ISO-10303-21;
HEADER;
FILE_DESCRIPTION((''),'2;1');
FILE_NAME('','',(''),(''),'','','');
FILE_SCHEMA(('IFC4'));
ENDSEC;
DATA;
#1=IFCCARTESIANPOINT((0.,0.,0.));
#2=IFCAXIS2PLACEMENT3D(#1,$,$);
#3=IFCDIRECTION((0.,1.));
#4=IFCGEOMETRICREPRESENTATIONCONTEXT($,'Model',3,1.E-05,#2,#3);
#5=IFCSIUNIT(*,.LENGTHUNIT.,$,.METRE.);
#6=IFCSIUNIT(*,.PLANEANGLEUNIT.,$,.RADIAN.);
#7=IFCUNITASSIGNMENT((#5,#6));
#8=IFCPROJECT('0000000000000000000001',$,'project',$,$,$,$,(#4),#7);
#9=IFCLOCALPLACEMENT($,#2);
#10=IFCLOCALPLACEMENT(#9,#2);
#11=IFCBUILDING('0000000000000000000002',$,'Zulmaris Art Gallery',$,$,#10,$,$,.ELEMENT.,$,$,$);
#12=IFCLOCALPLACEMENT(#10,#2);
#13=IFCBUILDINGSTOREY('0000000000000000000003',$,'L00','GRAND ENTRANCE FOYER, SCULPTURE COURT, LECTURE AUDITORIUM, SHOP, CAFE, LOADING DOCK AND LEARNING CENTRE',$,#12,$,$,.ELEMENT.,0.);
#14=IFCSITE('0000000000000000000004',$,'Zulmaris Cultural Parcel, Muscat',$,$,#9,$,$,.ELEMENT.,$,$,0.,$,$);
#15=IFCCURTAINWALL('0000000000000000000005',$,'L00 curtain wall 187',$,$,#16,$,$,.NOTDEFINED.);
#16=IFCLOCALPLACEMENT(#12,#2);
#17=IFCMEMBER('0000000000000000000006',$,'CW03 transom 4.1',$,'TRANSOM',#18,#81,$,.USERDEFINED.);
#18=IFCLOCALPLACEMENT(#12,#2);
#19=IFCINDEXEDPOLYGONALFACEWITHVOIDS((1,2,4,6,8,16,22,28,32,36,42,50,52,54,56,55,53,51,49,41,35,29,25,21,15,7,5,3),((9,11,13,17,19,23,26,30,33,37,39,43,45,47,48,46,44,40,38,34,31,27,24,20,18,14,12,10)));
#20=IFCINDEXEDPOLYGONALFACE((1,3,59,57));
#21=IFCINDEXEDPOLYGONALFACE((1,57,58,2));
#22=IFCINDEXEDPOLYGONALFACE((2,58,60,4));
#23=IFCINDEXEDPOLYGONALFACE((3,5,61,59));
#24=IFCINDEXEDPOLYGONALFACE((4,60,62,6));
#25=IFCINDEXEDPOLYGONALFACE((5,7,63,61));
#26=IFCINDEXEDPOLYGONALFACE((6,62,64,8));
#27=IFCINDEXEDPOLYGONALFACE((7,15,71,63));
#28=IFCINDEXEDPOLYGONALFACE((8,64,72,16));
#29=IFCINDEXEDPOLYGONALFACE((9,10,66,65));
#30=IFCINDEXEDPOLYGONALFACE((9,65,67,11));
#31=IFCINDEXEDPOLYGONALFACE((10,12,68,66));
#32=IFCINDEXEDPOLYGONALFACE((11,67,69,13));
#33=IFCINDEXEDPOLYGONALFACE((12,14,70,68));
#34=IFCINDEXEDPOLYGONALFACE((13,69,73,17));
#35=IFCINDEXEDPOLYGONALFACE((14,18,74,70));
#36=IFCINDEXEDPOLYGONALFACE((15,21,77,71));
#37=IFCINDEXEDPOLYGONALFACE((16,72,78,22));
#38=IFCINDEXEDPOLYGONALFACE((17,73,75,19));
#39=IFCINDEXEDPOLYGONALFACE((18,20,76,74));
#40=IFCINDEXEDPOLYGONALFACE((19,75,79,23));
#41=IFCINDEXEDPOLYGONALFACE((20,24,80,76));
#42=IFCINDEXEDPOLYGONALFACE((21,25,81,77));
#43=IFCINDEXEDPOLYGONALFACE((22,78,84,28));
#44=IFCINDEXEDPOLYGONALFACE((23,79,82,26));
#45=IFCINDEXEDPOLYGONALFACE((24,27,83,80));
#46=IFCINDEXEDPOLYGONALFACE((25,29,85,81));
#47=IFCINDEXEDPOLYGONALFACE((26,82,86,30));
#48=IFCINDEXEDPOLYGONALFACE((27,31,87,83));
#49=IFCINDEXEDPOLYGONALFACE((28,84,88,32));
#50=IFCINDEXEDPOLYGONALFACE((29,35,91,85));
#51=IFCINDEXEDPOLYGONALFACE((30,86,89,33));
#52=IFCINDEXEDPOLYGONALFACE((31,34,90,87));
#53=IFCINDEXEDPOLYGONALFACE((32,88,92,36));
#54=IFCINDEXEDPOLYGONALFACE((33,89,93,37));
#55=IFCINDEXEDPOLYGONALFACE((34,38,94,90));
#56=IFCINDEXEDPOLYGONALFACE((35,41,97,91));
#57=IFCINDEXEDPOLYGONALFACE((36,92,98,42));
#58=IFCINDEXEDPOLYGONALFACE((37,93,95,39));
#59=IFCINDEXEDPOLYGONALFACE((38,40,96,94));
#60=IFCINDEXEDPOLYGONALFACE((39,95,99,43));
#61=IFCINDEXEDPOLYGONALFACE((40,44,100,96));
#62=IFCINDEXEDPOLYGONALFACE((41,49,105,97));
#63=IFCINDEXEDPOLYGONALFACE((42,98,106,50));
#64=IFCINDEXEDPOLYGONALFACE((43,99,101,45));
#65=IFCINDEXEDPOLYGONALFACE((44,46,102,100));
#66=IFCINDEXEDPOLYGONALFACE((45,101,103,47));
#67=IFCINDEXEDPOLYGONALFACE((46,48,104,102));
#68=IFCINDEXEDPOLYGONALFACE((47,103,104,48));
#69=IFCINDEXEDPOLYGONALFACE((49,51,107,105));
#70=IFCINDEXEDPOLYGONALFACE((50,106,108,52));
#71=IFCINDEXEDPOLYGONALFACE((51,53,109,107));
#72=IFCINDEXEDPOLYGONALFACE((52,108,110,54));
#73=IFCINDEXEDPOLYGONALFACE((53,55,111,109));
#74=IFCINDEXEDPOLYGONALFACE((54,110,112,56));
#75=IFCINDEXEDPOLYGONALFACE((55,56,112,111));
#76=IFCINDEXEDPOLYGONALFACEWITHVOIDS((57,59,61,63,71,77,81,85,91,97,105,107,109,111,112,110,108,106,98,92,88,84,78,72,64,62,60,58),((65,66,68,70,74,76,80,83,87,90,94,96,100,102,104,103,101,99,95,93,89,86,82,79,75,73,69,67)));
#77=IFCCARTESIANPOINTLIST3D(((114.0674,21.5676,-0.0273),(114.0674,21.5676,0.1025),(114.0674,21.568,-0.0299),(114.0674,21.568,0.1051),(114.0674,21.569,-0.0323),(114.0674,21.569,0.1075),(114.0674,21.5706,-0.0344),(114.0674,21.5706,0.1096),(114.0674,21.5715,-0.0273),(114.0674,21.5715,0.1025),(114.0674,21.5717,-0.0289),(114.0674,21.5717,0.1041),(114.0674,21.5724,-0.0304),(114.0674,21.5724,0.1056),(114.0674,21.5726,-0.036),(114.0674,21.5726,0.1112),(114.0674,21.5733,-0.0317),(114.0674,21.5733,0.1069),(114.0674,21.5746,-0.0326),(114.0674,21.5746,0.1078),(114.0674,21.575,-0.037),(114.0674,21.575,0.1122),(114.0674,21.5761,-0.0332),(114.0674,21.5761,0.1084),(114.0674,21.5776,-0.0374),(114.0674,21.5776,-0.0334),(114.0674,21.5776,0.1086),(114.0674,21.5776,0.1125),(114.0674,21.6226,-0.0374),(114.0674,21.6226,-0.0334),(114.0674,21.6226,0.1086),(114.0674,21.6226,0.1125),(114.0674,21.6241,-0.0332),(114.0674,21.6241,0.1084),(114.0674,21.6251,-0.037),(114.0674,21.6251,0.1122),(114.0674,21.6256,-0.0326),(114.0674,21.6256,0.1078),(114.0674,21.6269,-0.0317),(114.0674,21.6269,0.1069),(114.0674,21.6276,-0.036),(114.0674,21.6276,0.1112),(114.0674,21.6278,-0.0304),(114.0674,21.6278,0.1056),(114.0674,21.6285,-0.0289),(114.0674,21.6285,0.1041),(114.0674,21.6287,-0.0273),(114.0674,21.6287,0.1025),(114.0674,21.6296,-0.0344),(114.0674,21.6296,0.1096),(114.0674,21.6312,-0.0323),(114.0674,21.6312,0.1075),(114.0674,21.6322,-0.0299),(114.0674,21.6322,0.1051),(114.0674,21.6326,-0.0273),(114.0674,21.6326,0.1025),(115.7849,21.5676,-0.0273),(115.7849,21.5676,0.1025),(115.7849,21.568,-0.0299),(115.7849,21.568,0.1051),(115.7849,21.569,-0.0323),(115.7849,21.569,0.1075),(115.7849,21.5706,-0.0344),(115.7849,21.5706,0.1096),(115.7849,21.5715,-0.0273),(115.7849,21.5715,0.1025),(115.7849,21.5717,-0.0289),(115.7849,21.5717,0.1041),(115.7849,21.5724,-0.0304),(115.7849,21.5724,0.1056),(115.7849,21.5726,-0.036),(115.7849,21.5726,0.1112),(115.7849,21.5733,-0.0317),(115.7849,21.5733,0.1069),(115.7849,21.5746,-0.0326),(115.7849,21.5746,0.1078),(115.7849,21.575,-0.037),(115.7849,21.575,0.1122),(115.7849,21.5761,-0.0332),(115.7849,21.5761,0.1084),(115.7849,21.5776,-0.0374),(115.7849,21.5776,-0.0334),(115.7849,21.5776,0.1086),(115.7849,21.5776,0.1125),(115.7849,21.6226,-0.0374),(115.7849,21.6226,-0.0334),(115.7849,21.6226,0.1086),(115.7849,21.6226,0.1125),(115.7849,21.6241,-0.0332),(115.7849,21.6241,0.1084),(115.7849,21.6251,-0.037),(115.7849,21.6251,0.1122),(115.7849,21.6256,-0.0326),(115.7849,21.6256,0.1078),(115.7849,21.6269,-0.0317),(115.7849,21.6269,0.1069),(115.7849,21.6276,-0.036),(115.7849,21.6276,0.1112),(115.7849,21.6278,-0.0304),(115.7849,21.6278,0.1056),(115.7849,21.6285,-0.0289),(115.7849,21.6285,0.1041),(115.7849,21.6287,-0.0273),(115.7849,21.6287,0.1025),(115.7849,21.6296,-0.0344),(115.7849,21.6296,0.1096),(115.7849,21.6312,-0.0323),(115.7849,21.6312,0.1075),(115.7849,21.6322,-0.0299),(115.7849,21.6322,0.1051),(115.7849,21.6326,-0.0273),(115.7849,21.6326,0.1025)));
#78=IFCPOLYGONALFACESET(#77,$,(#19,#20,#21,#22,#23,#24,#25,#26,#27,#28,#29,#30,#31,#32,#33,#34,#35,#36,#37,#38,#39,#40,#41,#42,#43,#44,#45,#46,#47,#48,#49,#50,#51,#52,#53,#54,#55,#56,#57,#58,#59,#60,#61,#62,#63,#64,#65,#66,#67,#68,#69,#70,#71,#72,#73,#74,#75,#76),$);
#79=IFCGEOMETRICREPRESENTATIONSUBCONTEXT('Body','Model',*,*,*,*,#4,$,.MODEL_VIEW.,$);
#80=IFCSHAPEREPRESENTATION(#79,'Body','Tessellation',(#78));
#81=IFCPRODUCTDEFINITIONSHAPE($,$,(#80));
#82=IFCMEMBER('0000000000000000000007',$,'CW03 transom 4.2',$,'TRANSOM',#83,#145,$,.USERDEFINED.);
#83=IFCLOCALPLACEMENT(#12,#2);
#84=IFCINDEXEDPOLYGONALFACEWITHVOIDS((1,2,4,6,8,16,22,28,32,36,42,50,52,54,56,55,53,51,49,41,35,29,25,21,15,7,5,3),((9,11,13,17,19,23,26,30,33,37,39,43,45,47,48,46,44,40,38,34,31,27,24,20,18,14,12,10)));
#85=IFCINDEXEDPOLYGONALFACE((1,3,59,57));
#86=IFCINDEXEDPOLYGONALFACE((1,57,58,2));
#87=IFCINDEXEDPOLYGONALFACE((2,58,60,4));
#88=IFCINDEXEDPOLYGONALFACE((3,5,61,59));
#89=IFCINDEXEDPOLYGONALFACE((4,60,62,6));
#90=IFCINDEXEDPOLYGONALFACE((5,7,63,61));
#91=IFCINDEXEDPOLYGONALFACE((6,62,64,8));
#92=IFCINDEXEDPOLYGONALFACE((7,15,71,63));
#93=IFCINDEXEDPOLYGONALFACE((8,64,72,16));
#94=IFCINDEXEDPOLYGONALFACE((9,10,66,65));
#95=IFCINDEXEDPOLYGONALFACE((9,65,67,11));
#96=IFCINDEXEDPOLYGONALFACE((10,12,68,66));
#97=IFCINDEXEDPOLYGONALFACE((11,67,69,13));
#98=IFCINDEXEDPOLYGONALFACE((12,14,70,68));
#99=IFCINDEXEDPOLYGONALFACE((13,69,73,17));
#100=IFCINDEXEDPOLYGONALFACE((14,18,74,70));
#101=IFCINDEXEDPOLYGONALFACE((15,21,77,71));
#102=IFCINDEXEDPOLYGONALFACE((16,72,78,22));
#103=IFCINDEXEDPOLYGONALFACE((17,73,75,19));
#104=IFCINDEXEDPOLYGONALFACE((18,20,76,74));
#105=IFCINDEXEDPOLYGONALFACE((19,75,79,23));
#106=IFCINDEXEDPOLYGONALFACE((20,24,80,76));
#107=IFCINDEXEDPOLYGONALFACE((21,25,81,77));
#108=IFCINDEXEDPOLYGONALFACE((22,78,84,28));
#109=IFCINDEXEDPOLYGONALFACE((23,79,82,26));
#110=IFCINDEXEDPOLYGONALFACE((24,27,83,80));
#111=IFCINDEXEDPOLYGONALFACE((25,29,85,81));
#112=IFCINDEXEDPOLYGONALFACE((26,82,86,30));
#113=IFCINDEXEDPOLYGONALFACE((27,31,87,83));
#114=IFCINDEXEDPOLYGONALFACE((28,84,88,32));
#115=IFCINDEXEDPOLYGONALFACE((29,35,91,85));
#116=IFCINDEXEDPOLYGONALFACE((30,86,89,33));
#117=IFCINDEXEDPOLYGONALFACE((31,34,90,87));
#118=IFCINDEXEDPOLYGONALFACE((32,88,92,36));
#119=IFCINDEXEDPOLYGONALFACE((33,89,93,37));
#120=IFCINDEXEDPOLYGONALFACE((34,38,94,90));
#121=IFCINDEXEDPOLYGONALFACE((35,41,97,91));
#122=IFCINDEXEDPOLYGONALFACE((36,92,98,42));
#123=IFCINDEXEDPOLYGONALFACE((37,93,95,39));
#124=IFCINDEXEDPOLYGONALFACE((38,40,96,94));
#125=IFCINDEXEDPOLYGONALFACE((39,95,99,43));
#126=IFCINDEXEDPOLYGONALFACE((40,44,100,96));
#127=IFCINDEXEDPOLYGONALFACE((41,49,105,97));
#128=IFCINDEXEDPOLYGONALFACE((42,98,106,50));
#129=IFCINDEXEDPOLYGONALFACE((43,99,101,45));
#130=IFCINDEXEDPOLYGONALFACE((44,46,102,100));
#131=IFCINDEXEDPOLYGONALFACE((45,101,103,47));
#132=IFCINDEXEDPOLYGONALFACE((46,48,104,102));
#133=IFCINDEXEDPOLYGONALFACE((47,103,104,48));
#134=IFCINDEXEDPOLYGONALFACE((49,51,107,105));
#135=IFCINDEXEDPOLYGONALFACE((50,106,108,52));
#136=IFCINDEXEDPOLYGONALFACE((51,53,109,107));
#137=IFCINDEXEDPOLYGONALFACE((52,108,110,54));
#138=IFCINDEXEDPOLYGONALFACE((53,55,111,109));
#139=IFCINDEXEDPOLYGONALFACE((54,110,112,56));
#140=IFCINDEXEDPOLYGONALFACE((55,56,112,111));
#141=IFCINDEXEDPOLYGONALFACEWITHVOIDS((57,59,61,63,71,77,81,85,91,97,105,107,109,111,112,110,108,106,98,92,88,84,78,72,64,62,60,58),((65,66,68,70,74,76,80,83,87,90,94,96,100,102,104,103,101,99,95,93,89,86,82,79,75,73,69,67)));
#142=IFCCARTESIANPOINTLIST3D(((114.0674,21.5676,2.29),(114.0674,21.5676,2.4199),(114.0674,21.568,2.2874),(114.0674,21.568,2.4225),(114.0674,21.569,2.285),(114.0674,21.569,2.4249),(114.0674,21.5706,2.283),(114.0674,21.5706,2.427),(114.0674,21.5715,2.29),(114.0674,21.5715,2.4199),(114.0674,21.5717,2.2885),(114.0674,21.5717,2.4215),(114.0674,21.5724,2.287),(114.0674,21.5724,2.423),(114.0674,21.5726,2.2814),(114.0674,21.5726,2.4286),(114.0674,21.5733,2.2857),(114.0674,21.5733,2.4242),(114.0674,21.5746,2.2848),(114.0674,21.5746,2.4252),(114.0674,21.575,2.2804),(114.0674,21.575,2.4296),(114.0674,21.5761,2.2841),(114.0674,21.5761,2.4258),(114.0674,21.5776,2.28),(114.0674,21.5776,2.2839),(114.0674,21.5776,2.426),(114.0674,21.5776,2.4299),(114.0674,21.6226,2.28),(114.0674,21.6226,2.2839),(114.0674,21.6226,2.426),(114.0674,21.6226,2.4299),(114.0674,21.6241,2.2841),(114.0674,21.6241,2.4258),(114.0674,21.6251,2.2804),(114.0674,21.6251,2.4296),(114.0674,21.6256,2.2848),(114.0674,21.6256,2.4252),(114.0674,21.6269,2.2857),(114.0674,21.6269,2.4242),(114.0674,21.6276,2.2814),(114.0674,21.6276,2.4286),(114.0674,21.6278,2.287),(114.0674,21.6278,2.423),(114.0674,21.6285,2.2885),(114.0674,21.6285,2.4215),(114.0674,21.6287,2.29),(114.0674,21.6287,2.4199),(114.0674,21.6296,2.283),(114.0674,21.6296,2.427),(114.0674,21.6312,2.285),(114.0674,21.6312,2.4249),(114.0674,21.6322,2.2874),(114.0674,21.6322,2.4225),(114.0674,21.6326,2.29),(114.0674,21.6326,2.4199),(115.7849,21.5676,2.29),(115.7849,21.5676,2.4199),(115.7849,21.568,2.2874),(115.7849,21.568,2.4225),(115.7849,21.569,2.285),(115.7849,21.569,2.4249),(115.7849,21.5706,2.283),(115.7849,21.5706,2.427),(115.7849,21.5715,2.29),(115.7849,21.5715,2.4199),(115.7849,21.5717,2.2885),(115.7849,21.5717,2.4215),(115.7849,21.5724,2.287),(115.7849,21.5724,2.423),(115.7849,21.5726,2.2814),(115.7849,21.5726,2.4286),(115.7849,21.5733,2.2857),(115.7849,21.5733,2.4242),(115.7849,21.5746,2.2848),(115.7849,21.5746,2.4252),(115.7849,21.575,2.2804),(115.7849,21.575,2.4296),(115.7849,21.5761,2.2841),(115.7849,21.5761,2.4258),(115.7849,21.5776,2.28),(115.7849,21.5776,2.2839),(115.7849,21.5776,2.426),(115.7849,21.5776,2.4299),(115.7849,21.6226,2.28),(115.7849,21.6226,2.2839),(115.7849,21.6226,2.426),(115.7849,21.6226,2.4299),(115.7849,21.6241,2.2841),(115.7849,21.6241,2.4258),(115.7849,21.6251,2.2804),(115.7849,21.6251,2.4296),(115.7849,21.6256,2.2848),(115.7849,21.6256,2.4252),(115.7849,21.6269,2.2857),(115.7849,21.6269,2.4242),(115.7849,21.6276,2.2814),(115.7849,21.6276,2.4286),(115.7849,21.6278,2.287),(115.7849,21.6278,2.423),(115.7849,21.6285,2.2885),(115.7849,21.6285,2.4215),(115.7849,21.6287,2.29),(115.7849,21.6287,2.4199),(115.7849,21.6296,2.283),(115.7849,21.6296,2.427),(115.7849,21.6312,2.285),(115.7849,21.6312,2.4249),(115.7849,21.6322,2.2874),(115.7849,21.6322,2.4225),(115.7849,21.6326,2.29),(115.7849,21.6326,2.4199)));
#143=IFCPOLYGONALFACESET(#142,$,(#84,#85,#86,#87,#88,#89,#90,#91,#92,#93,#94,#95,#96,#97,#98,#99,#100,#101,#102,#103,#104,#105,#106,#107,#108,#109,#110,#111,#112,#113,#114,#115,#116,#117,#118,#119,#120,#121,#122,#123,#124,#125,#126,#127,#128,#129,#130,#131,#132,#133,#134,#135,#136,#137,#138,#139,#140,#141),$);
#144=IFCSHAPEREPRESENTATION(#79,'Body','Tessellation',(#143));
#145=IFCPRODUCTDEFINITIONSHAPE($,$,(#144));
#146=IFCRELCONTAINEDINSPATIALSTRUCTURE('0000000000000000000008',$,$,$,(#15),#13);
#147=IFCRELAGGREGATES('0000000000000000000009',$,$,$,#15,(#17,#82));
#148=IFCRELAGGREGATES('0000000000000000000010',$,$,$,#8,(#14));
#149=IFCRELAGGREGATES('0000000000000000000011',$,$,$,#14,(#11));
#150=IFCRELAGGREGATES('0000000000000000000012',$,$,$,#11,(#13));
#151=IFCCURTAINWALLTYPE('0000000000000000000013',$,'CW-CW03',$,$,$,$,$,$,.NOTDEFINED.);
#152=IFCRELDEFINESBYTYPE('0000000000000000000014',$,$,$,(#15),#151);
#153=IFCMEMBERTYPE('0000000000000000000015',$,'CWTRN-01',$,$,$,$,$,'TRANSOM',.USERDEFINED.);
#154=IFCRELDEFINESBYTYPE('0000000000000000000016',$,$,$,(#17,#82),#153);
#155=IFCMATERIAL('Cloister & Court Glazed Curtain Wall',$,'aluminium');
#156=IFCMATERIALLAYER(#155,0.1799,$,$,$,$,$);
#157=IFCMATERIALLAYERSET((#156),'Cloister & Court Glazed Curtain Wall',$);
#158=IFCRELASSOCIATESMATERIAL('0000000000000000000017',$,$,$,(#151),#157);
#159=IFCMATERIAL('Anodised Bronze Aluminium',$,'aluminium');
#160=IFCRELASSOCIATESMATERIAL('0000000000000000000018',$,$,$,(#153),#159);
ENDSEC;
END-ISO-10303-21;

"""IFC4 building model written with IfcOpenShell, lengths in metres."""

from ifc_helpers import new_model, si_unit, direction, frame, origin, origin_2d, place, context, subcontext, project, spatial, hollow_rectangle, extrude, material, layer, layer_set, material_profile, profile_set, type_object, element, aggregate, save


model = new_model("IFC4")

# Units and contexts
model_context = context("Model", 3, precision=1e-05, world=origin(), true_north=direction((0.0, 1.0)))
body_context = subcontext(model_context, "Body", "Model", "MODEL_VIEW")
ifc_project = project(units=[si_unit("LENGTHUNIT", "METRE"), si_unit("PLANEANGLEUNIT", "RADIAN")], contexts=[model_context])

# Site, building, storey
site_placement = place(None, origin())
site = spatial("IfcSite", under=ifc_project, at=site_placement, Name="Zulmaris Cultural Parcel, Muscat", CompositionType="ELEMENT", RefElevation=0.0)
building_placement = place(site_placement, origin())
building = spatial("IfcBuilding", under=site, at=building_placement, Name="Zulmaris Art Gallery", CompositionType="ELEMENT")
storey_placement = place(building_placement, origin())
storey = spatial("IfcBuildingStorey", under=building, at=storey_placement, Name="L00", Description="GRAND ENTRANCE FOYER, SCULPTURE COURT, LECTURE AUDITORIUM, SHOP, CAFE, LOADING DOCK AND LEARNING CENTRE", CompositionType="ELEMENT", Elevation=0.0)

# Curtain wall
ifc_material_1 = material(Name="Cloister & Court Glazed Curtain Wall", Category="aluminium")
ifc_layer_1 = layer(ifc_material_1, 0.1799)
ifc_layer_set_1 = layer_set([ifc_layer_1], Name="Cloister & Court Glazed Curtain Wall")
curtain_wall_type = type_object("IfcCurtainWallType", Name="CW-CW03", PredefinedType="NOTDEFINED", material=ifc_layer_set_1)
curtain_wall_1_placement = place(storey_placement, origin())
curtain_wall_1 = element("IfcCurtainWall", 1, at=curtain_wall_1_placement, inside=storey, type_object=curtain_wall_type, Name="L00 curtain wall 187", PredefinedType="NOTDEFINED")
ifc_material_2 = material(Name="Anodised Bronze Aluminium", Category="aluminium")

# Members
ifc_material_profile_1 = material_profile(ifc_material_2, hollow_rectangle(XDim=0.0649, YDim=0.1499, WallThickness=0.0039, InnerFilletRadius=0.0061, OuterFilletRadius=0.01, at=origin_2d()), Name="ALU 65x150x4")
ifc_profile_set_1 = profile_set([ifc_material_profile_1], Name="Anodised Bronze Aluminium")
member_type_1 = type_object("IfcMemberType", Name="CWTRN-01", ElementType="TRANSOM", PredefinedType="USERDEFINED", material=ifc_profile_set_1)
member_1_placement = place(storey_placement, frame((114.0674, 21.6001, 0.0376), z_axis=(1.0, 0.0, 0.0), x_axis=(0.0, 1.0, 0.0)))
member_1 = element("IfcMember", 2, at=member_1_placement, type_object=member_type_1, Name="CW03 transom 4.1", ObjectType="TRANSOM", PredefinedType="USERDEFINED", context=body_context, shape_type="SweptSolid", body=[
    extrude(hollow_rectangle(XDim=0.0649, YDim=0.1499, WallThickness=0.0039, InnerFilletRadius=0.0061, OuterFilletRadius=0.01, at=origin_2d()), origin(), (0.0, 0.0, 1.0), 1.7175),
])
member_2_placement = place(storey_placement, frame((114.0674, 21.6001, 2.355), z_axis=(1.0, 0.0, 0.0), x_axis=(0.0, 1.0, 0.0)))
member_2 = element("IfcMember", 3, at=member_2_placement, type_object=member_type_1, Name="CW03 transom 4.2", ObjectType="TRANSOM", PredefinedType="USERDEFINED", context=body_context, shape_type="SweptSolid", body=[
    extrude(hollow_rectangle(XDim=0.0649, YDim=0.1499, WallThickness=0.0039, InnerFilletRadius=0.0061, OuterFilletRadius=0.01, at=origin_2d()), origin(), (0.0, 0.0, 1.0), 1.7175),
])

aggregate(curtain_wall_1, [member_1, member_2])

save(model, "model.ifc")
